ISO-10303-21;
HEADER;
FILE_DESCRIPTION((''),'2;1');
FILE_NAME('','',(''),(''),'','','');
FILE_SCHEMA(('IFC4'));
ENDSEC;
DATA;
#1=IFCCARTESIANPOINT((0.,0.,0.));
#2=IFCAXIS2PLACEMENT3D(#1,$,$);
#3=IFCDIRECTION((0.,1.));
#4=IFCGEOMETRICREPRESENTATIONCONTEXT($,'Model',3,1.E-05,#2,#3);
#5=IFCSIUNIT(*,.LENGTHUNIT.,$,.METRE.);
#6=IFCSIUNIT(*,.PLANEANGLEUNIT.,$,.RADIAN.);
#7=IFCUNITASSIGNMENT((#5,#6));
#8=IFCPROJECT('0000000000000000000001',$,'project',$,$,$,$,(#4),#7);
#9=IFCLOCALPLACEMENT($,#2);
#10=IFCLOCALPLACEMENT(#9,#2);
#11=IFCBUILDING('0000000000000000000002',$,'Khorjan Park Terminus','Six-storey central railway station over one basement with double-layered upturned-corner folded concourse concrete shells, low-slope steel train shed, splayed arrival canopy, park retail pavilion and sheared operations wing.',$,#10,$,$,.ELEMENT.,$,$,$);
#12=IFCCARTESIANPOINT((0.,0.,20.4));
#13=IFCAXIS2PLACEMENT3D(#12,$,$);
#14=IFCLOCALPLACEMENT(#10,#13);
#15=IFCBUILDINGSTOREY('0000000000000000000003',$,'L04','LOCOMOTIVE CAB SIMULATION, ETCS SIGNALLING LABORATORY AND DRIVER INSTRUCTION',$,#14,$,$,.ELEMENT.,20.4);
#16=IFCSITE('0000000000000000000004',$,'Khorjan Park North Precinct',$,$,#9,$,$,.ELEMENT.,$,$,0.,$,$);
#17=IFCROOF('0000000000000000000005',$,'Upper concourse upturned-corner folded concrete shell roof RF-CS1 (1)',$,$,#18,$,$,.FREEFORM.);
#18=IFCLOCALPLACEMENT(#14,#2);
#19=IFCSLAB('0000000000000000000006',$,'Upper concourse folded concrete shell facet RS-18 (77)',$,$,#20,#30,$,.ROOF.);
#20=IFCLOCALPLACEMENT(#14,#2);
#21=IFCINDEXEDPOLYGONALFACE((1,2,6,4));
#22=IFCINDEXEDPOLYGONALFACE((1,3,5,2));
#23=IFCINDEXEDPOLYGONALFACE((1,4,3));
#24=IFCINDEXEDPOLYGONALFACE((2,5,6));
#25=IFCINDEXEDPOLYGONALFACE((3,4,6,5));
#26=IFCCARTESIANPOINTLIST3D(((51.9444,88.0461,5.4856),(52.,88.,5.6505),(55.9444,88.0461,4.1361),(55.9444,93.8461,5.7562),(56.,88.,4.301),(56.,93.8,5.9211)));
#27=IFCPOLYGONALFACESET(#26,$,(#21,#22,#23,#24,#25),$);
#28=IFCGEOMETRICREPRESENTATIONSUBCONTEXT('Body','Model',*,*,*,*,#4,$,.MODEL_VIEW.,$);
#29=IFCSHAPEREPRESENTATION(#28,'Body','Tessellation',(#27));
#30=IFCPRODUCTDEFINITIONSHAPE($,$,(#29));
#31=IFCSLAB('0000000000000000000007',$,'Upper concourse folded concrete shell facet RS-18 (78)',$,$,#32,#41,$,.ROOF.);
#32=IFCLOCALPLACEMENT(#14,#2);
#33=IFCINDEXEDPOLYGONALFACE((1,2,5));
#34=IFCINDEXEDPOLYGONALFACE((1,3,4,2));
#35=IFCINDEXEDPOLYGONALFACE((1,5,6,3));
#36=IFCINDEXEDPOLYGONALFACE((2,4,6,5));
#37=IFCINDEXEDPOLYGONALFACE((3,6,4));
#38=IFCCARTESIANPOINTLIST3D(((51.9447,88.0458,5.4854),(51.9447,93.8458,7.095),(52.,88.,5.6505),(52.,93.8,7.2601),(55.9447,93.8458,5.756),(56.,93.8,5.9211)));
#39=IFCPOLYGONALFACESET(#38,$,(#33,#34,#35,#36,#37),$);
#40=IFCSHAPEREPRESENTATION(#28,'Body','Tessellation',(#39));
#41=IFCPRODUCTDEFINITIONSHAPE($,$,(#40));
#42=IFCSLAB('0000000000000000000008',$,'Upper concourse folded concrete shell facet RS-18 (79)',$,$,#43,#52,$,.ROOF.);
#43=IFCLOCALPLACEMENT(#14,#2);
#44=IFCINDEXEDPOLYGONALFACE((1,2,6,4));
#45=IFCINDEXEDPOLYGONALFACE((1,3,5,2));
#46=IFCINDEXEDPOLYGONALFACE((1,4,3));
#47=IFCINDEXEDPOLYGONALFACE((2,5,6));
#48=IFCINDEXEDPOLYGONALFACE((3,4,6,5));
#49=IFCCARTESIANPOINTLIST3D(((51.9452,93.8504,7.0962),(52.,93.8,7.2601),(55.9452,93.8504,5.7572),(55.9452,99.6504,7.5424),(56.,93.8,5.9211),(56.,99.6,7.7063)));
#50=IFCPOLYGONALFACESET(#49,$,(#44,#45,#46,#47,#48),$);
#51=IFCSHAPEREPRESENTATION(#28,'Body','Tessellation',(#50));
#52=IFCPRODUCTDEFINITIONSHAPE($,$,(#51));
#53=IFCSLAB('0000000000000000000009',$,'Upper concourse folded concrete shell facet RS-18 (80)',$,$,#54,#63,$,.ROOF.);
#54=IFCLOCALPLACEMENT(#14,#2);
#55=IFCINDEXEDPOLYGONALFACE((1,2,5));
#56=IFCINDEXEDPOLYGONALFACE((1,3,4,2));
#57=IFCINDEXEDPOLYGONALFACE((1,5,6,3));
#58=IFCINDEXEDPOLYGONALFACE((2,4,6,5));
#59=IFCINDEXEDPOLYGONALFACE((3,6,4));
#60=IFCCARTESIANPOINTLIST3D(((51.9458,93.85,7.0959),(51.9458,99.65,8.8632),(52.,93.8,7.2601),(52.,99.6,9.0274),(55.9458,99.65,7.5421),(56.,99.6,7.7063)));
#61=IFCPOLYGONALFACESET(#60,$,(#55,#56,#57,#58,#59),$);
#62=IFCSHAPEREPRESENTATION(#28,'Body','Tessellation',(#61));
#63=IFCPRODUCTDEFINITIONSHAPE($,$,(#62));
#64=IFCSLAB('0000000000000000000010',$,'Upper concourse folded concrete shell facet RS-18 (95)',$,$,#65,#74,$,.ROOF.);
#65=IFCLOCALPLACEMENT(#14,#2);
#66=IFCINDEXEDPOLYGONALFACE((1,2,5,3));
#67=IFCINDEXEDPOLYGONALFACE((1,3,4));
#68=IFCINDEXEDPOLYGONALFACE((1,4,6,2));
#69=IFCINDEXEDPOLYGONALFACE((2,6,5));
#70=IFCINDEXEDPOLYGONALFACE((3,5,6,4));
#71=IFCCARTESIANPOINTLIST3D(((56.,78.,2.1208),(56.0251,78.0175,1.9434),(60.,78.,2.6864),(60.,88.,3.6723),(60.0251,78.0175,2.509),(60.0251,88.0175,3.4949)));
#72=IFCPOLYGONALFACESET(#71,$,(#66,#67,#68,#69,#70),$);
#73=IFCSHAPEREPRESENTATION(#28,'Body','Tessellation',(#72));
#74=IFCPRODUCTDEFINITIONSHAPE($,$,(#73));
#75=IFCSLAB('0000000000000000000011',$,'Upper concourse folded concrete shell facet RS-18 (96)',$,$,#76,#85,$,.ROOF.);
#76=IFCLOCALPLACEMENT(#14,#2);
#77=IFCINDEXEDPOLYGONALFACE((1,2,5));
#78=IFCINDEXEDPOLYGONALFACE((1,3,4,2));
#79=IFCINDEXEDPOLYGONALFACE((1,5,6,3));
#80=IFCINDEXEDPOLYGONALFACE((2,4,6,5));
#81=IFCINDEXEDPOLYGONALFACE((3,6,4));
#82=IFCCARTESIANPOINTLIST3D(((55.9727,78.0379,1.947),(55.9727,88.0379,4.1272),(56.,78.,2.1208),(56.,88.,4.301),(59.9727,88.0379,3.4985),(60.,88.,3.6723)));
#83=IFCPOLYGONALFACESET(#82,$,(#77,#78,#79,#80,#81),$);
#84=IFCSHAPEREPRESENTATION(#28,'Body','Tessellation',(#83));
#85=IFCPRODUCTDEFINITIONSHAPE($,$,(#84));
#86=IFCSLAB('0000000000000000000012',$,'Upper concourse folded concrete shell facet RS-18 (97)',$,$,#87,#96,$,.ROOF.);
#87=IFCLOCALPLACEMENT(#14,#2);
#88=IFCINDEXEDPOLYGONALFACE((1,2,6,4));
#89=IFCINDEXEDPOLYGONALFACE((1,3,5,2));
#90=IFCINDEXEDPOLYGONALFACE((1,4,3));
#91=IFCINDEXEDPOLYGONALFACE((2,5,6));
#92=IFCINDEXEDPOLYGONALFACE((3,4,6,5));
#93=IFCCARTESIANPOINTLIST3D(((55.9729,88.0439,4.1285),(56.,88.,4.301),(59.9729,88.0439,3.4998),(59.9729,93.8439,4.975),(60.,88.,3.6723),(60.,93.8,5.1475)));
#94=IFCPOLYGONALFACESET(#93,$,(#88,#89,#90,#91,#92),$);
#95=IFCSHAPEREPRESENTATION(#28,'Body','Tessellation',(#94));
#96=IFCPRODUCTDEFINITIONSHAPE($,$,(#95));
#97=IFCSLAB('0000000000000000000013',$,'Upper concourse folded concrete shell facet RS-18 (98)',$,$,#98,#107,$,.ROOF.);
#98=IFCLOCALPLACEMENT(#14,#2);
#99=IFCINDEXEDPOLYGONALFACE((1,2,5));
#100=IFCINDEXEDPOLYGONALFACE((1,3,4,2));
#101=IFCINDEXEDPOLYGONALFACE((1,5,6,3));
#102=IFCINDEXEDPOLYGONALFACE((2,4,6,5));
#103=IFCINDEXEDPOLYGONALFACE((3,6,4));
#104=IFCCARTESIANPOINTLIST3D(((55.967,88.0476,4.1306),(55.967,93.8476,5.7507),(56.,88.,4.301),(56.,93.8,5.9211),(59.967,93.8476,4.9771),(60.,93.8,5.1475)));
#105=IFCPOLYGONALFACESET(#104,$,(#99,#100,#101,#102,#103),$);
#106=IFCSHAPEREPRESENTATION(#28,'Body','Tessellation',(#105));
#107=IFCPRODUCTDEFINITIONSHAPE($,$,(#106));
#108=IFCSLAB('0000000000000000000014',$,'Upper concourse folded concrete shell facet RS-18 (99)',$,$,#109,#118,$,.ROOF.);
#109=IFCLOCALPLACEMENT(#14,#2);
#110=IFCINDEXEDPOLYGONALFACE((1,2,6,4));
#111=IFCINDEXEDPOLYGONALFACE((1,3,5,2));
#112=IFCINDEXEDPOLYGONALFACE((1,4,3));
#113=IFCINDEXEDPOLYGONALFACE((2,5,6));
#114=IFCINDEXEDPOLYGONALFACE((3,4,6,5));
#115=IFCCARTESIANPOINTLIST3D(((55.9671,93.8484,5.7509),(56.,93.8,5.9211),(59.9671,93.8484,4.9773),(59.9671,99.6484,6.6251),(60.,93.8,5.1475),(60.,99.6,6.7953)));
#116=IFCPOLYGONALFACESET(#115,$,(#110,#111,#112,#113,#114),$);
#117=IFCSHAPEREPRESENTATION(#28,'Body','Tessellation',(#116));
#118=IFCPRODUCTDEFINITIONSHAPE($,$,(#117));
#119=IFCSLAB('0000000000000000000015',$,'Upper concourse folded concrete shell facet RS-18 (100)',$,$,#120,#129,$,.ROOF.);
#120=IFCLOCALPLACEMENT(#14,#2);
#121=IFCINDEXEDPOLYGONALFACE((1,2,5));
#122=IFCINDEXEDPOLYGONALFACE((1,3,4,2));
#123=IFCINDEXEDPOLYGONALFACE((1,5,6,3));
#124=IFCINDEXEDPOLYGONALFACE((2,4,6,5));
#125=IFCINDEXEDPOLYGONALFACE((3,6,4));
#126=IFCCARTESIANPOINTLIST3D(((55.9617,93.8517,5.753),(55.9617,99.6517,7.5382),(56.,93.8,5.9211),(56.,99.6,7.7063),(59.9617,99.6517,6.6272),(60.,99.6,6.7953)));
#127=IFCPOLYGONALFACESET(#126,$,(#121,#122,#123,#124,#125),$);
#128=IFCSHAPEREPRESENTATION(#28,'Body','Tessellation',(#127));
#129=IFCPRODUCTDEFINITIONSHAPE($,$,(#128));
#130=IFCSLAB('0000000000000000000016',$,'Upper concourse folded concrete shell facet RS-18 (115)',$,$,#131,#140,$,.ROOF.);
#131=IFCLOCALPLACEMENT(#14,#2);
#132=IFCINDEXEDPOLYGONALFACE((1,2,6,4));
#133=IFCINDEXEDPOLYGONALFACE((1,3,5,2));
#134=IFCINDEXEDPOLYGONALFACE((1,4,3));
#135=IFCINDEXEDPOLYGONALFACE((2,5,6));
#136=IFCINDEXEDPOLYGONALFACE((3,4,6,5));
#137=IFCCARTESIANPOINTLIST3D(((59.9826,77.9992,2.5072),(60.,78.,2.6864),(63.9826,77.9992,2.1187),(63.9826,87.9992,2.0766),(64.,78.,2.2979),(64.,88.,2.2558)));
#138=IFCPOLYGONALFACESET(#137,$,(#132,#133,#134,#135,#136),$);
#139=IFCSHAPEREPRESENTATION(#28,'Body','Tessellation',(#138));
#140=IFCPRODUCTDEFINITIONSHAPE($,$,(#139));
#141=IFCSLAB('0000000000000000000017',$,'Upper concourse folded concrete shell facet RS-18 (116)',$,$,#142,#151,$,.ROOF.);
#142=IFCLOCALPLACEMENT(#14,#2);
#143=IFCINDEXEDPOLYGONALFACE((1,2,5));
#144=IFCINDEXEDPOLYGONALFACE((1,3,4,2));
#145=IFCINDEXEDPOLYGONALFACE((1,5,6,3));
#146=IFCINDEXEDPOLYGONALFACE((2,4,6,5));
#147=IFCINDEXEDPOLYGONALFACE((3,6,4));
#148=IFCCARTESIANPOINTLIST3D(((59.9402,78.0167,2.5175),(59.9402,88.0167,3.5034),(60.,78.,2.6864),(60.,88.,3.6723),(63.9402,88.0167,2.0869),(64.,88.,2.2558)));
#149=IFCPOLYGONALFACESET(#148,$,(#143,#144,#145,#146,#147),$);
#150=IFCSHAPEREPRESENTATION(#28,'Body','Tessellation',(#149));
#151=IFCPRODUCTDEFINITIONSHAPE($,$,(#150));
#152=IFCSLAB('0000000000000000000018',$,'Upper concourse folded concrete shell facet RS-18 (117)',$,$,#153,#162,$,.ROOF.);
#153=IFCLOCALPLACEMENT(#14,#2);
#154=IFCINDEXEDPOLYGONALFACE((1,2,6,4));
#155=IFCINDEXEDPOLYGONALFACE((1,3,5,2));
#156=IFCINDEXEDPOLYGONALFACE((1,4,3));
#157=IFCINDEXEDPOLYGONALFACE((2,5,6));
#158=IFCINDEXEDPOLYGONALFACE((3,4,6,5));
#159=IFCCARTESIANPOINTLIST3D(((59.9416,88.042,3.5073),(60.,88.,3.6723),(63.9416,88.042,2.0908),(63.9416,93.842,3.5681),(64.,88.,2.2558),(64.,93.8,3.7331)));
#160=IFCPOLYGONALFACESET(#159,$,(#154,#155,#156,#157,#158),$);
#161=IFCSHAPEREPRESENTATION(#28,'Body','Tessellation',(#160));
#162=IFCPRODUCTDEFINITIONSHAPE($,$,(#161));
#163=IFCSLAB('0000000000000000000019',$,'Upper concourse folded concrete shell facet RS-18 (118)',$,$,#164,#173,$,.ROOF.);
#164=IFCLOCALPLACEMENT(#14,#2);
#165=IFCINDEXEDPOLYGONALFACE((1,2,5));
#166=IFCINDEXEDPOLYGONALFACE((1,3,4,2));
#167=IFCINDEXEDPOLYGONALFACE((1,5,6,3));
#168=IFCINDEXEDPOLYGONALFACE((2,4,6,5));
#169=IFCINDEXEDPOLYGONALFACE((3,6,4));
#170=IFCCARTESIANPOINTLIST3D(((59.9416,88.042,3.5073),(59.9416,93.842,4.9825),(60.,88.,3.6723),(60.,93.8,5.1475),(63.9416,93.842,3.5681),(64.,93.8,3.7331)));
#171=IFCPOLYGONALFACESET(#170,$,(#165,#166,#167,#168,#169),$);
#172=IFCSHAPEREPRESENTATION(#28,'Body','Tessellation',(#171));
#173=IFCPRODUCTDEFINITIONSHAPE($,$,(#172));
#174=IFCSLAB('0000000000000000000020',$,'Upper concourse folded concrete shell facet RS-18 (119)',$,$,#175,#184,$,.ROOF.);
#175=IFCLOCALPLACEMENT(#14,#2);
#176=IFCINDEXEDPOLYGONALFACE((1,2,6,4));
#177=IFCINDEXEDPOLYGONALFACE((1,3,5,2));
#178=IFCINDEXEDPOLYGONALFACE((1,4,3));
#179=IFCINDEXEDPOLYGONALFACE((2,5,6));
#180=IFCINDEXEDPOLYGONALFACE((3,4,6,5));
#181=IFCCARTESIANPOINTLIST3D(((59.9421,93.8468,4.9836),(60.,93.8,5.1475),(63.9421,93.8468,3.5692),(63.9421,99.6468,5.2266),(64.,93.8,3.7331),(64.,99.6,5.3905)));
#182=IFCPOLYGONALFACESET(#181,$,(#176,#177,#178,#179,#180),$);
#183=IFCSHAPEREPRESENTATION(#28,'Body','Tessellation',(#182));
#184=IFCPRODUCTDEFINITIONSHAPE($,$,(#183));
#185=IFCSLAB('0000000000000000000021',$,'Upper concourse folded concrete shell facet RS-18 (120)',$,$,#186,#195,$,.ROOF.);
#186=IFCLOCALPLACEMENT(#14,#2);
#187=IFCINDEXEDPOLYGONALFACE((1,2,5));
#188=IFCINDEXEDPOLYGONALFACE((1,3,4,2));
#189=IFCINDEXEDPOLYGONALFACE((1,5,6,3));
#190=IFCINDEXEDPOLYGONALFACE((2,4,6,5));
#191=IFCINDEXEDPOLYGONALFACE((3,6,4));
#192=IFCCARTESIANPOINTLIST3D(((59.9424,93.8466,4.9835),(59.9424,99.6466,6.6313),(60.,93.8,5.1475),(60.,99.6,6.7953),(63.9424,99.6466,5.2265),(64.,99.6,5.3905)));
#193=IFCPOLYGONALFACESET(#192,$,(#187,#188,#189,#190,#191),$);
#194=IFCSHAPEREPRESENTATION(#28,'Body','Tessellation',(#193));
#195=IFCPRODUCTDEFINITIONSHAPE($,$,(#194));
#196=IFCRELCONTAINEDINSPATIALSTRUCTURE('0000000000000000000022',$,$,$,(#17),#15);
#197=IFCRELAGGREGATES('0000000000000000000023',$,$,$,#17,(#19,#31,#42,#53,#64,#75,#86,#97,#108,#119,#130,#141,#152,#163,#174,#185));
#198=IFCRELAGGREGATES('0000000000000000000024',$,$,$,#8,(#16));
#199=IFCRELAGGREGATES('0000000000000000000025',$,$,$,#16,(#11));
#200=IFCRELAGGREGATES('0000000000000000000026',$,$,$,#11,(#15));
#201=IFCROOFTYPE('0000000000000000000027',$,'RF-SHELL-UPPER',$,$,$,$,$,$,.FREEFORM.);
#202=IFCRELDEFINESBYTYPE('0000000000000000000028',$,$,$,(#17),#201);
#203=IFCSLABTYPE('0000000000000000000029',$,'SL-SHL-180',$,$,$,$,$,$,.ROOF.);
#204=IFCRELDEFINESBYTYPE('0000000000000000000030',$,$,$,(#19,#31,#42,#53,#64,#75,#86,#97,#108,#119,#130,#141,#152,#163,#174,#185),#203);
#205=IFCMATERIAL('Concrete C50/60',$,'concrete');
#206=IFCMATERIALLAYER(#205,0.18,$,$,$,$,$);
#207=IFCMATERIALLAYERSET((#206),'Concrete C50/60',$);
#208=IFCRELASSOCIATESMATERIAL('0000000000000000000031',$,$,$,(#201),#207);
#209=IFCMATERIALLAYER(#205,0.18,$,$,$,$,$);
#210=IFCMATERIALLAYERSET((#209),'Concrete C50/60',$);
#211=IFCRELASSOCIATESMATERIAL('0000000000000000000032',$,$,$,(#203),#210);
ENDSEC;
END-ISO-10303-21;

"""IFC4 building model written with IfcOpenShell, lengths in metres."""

from ifc_helpers import new_model, si_unit, direction, frame, origin, place, context, subcontext, project, spatial, polyline, outline, extrude, material, layer, layer_set, type_object, element, aggregate, save


model = new_model("IFC4")

# Units and contexts
model_context = context("Model", 3, precision=1e-05, world=origin(), true_north=direction((0.0, 1.0)))
body_context = subcontext(model_context, "Body", "Model", "MODEL_VIEW")
ifc_project = project(units=[si_unit("LENGTHUNIT", "METRE"), si_unit("PLANEANGLEUNIT", "RADIAN")], contexts=[model_context])

# Site, building, storey
site_placement = place(None, origin())
site = spatial("IfcSite", under=ifc_project, at=site_placement, Name="Khorjan Park North Precinct", CompositionType="ELEMENT", RefElevation=0.0)
building_placement = place(site_placement, origin())
building = spatial("IfcBuilding", under=site, at=building_placement, Name="Khorjan Park Terminus", Description="Six-storey central railway station over one basement with double-layered upturned-corner folded concourse concrete shells, low-slope steel train shed, splayed arrival canopy, park retail pavilion and sheared operations wing.", CompositionType="ELEMENT")
storey_placement = place(building_placement, frame((0.0, 0.0, 20.4)))
storey = spatial("IfcBuildingStorey", under=building, at=storey_placement, Name="L04", Description="LOCOMOTIVE CAB SIMULATION, ETCS SIGNALLING LABORATORY AND DRIVER INSTRUCTION", CompositionType="ELEMENT", Elevation=20.4)

# Roof, slabs
ifc_material = material(Name="Concrete C50/60", Category="concrete")
ifc_layer_1 = layer(ifc_material, 0.18)
ifc_layer_set_1 = layer_set([ifc_layer_1], Name="Concrete C50/60")
roof_type = type_object("IfcRoofType", Name="RF-SHELL-UPPER", PredefinedType="FREEFORM", material=ifc_layer_set_1)
roof_placement = place(storey_placement, origin())
roof = element("IfcRoof", 1, at=roof_placement, inside=storey, type_object=roof_type, Name="Upper concourse upturned-corner folded concrete shell roof RF-CS1 (1)", PredefinedType="FREEFORM")
ifc_layer_2 = layer(ifc_material, 0.18)
ifc_layer_set_2 = layer_set([ifc_layer_2], Name="Concrete C50/60")
slab_type = type_object("IfcSlabType", Name="SL-SHL-180", PredefinedType="ROOF", material=ifc_layer_set_2)
slab_1_placement = place(storey_placement, frame((52.0, 88.0, 5.6505), z_axis=(0.309032, -0.255861, 0.915988), x_axis=(0.947528, 0.0, -0.319672)))
slab_1 = element("IfcSlab", 2, at=slab_1_placement, type_object=slab_type, Name="Upper concourse folded concrete shell facet RS-18 (77)", PredefinedType="ROOF", context=body_context, shape_type="SweptSolid", body=[
    extrude(outline(polyline([(0.0, 0.0), (4.2215, 0.0), (3.7036, 5.9997), (0.0, 0.0)])), origin(), (0.0, 0.0, -1.0), 0.18),
])
slab_2_placement = place(storey_placement, frame((52.0, 88.0, 5.6505), z_axis=(0.306984, -0.254499, 0.917056), x_axis=(0.567315, 0.822606, 0.038379)))
slab_2 = element("IfcSlab", 3, at=slab_2_placement, type_object=slab_type, Name="Upper concourse folded concrete shell facet RS-18 (78)", PredefinedType="ROOF", context=body_context, shape_type="SweptSolid", body=[
    extrude(outline(polyline([(0.0, 0.0), (7.0508, 0.0), (4.8329, 3.588), (0.0, 0.0)])), origin(), (0.0, 0.0, -1.0), 0.18),
])
slab_3_placement = place(storey_placement, frame((52.0, 93.8, 7.2601), z_axis=(0.304722, -0.280183, 0.910298), x_axis=(0.94828, 0.0, -0.317437)))
slab_3 = element("IfcSlab", 4, at=slab_3_placement, type_object=slab_type, Name="Upper concourse folded concrete shell facet RS-18 (79)", PredefinedType="ROOF", context=body_context, shape_type="SweptSolid", body=[
    extrude(outline(polyline([(0.0, 0.0), (4.2182, 0.0), (3.6515, 6.042), (0.0, 0.0)])), origin(), (0.0, 0.0, -1.0), 0.18),
])
slab_4_placement = place(storey_placement, frame((52.0, 93.8, 7.2601), z_axis=(0.301257, -0.277935, 0.912139), x_axis=(0.566598, 0.821567, 0.063204)))
slab_4 = element("IfcSlab", 5, at=slab_4_placement, type_object=slab_type, Name="Upper concourse folded concrete shell facet RS-18 (80)", PredefinedType="ROOF", context=body_context, shape_type="SweptSolid", body=[
    extrude(outline(polyline([(0.0, 0.0), (7.0597, 0.0), (4.8768, 3.6028), (0.0, 0.0)])), origin(), (0.0, 0.0, -1.0), 0.18),
])
slab_5_placement = place(storey_placement, frame((56.0, 78.0, 2.1208), z_axis=(-0.139345, -0.097157, 0.985466), x_axis=(0.99015, 0.0, 0.140007)))
slab_5 = element("IfcSlab", 6, at=slab_5_placement, type_object=slab_type, Name="Upper concourse folded concrete shell facet RS-18 (95)", PredefinedType="ROOF", context=body_context, shape_type="SweptSolid", body=[
    extrude(outline(polyline([(0.0, 0.0), (4.0398, 0.0), (4.1778, 10.0475), (0.0, 0.0)])), origin(), (0.0, 0.0, -1.0), 0.18),
])
slab_6_placement = place(storey_placement, frame((56.0, 78.0, 2.1208), z_axis=(0.151788, -0.210548, 0.965728), x_axis=(0.367596, 0.918991, 0.142581)))
slab_6 = element("IfcSlab", 7, at=slab_6_placement, type_object=slab_type, Name="Upper concourse folded concrete shell facet RS-18 (96)", PredefinedType="ROOF", context=body_context, shape_type="SweptSolid", body=[
    extrude(outline(polyline([(0.0, 0.0), (10.8815, 0.0), (9.5008, 3.8064), (0.0, 0.0)])), origin(), (0.0, 0.0, -1.0), 0.18),
])
slab_7_placement = place(storey_placement, frame((56.0, 88.0, 4.301), z_axis=(0.150588, -0.243686, 0.958092), x_axis=(0.987872, 0.0, -0.155269)))
slab_7 = element("IfcSlab", 8, at=slab_7_placement, type_object=slab_type, Name="Upper concourse folded concrete shell facet RS-18 (97)", PredefinedType="ROOF", context=body_context, shape_type="SweptSolid", body=[
    extrude(outline(polyline([(0.0, 0.0), (4.0491, 0.0), (3.8201, 5.9803), (0.0, 0.0)])), origin(), (0.0, 0.0, -1.0), 0.18),
])
slab_8_placement = place(storey_placement, frame((56.0, 88.0, 4.301), z_axis=(0.18312, -0.26448, 0.946846), x_axis=(0.563679, 0.817335, 0.119289)))
slab_8 = element("IfcSlab", 9, at=slab_8_placement, type_object=slab_type, Name="Upper concourse folded concrete shell facet RS-18 (98)", PredefinedType="ROOF", context=body_context, shape_type="SweptSolid", body=[
    extrude(outline(polyline([(0.0, 0.0), (7.0962, 0.0), (4.9338, 3.4529), (0.0, 0.0)])), origin(), (0.0, 0.0, -1.0), 0.18),
])
slab_9_placement = place(storey_placement, frame((56.0, 93.8, 5.9211), z_axis=(0.1829, -0.268678, 0.945706), x_axis=(0.981807, 0.0, -0.189881)))
slab_9 = element("IfcSlab", 10, at=slab_9_placement, type_object=slab_type, Name="Upper concourse folded concrete shell facet RS-18 (99)", PredefinedType="ROOF", context=body_context, shape_type="SweptSolid", body=[
    extrude(outline(polyline([(0.0, 0.0), (4.0741, 0.0), (3.7612, 6.0214), (0.0, 0.0)])), origin(), (0.0, 0.0, -1.0), 0.18),
])
slab_10_placement = place(storey_placement, frame((56.0, 93.8, 5.9211), z_axis=(0.212692, -0.287443, 0.933884), x_axis=(0.563413, 0.816948, 0.123134)))
slab_10 = element("IfcSlab", 11, at=slab_10_placement, type_object=slab_type, Name="Upper concourse folded concrete shell facet RS-18 (100)", PredefinedType="ROOF", context=body_context, shape_type="SweptSolid", body=[
    extrude(outline(polyline([(0.0, 0.0), (7.0996, 0.0), (4.9581, 3.4991), (0.0, 0.0)])), origin(), (0.0, 0.0, -1.0), 0.18),
])
slab_11_placement = place(storey_placement, frame((60.0, 78.0, 2.6864), z_axis=(0.096669, 0.00419, 0.995308), x_axis=(0.995316, 0.0, -0.09667)))
slab_11 = element("IfcSlab", 12, at=slab_11_placement, type_object=slab_type, Name="Upper concourse folded concrete shell facet RS-18 (115)", PredefinedType="ROOF", context=body_context, shape_type="SweptSolid", body=[
    extrude(outline(polyline([(0.0, 0.0), (4.0188, 0.0), (4.0229, 10.0001), (0.0, 0.0)])), origin(), (0.0, 0.0, -1.0), 0.18),
])
slab_12_placement = place(storey_placement, frame((60.0, 78.0, 2.6864), z_axis=(0.33238, -0.092536, 0.938595), x_axis=(0.371094, 0.927736, -0.039948)))
slab_12 = element("IfcSlab", 13, at=slab_12_placement, type_object=slab_type, Name="Upper concourse folded concrete shell facet RS-18 (116)", PredefinedType="ROOF", context=body_context, shape_type="SweptSolid", body=[
    extrude(outline(polyline([(0.0, 0.0), (10.7789, 0.0), (9.238, 3.9537), (0.0, 0.0)])), origin(), (0.0, 0.0, -1.0), 0.18),
])
slab_13_placement = place(storey_placement, frame((60.0, 88.0, 3.6723), z_axis=(0.324588, -0.233462, 0.916591), x_axis=(0.94264, 0.0, -0.333812)))
slab_13 = element("IfcSlab", 14, at=slab_13_placement, type_object=slab_type, Name="Upper concourse folded concrete shell facet RS-18 (117)", PredefinedType="ROOF", context=body_context, shape_type="SweptSolid", body=[
    extrude(outline(polyline([(0.0, 0.0), (4.2434, 0.0), (3.7503, 5.9648), (0.0, 0.0)])), origin(), (0.0, 0.0, -1.0), 0.18),
])
slab_14_placement = place(storey_placement, frame((60.0, 88.0, 3.6723), z_axis=(0.324182, -0.233185, 0.916805), x_axis=(0.567712, 0.823182, 0.008629)))
slab_14 = element("IfcSlab", 15, at=slab_14_placement, type_object=slab_type, Name="Upper concourse folded concrete shell facet RS-18 (118)", PredefinedType="ROOF", context=body_context, shape_type="SweptSolid", body=[
    extrude(outline(polyline([(0.0, 0.0), (7.0458, 0.0), (4.7872, 3.5915), (0.0, 0.0)])), origin(), (0.0, 0.0, -1.0), 0.18),
])
slab_15_placement = place(storey_placement, frame((60.0, 93.8, 5.1475), z_axis=(0.321895, -0.260137, 0.910337), x_axis=(0.942795, 0.0, -0.333372)))
slab_15 = element("IfcSlab", 16, at=slab_15_placement, type_object=slab_type, Name="Upper concourse folded concrete shell facet RS-18 (119)", PredefinedType="ROOF", context=body_context, shape_type="SweptSolid", body=[
    extrude(outline(polyline([(0.0, 0.0), (4.2427, 0.0), (3.6902, 6.0068), (0.0, 0.0)])), origin(), (0.0, 0.0, -1.0), 0.18),
])
slab_16_placement = place(storey_placement, frame((60.0, 93.8, 5.1475), z_axis=(0.32006, -0.258913, 0.911332), x_axis=(0.567396, 0.822724, 0.034469)))
slab_16 = element("IfcSlab", 17, at=slab_16_placement, type_object=slab_type, Name="Upper concourse folded concrete shell facet RS-18 (120)", PredefinedType="ROOF", context=body_context, shape_type="SweptSolid", body=[
    extrude(outline(polyline([(0.0, 0.0), (7.0498, 0.0), (4.8286, 3.6111), (0.0, 0.0)])), origin(), (0.0, 0.0, -1.0), 0.18),
])
aggregate(roof, [slab_1, slab_2, slab_3, slab_4, slab_5, slab_6, slab_7, slab_8, slab_9, slab_10, slab_11, slab_12, slab_13, slab_14, slab_15, slab_16])

save(model, "model.ifc")
